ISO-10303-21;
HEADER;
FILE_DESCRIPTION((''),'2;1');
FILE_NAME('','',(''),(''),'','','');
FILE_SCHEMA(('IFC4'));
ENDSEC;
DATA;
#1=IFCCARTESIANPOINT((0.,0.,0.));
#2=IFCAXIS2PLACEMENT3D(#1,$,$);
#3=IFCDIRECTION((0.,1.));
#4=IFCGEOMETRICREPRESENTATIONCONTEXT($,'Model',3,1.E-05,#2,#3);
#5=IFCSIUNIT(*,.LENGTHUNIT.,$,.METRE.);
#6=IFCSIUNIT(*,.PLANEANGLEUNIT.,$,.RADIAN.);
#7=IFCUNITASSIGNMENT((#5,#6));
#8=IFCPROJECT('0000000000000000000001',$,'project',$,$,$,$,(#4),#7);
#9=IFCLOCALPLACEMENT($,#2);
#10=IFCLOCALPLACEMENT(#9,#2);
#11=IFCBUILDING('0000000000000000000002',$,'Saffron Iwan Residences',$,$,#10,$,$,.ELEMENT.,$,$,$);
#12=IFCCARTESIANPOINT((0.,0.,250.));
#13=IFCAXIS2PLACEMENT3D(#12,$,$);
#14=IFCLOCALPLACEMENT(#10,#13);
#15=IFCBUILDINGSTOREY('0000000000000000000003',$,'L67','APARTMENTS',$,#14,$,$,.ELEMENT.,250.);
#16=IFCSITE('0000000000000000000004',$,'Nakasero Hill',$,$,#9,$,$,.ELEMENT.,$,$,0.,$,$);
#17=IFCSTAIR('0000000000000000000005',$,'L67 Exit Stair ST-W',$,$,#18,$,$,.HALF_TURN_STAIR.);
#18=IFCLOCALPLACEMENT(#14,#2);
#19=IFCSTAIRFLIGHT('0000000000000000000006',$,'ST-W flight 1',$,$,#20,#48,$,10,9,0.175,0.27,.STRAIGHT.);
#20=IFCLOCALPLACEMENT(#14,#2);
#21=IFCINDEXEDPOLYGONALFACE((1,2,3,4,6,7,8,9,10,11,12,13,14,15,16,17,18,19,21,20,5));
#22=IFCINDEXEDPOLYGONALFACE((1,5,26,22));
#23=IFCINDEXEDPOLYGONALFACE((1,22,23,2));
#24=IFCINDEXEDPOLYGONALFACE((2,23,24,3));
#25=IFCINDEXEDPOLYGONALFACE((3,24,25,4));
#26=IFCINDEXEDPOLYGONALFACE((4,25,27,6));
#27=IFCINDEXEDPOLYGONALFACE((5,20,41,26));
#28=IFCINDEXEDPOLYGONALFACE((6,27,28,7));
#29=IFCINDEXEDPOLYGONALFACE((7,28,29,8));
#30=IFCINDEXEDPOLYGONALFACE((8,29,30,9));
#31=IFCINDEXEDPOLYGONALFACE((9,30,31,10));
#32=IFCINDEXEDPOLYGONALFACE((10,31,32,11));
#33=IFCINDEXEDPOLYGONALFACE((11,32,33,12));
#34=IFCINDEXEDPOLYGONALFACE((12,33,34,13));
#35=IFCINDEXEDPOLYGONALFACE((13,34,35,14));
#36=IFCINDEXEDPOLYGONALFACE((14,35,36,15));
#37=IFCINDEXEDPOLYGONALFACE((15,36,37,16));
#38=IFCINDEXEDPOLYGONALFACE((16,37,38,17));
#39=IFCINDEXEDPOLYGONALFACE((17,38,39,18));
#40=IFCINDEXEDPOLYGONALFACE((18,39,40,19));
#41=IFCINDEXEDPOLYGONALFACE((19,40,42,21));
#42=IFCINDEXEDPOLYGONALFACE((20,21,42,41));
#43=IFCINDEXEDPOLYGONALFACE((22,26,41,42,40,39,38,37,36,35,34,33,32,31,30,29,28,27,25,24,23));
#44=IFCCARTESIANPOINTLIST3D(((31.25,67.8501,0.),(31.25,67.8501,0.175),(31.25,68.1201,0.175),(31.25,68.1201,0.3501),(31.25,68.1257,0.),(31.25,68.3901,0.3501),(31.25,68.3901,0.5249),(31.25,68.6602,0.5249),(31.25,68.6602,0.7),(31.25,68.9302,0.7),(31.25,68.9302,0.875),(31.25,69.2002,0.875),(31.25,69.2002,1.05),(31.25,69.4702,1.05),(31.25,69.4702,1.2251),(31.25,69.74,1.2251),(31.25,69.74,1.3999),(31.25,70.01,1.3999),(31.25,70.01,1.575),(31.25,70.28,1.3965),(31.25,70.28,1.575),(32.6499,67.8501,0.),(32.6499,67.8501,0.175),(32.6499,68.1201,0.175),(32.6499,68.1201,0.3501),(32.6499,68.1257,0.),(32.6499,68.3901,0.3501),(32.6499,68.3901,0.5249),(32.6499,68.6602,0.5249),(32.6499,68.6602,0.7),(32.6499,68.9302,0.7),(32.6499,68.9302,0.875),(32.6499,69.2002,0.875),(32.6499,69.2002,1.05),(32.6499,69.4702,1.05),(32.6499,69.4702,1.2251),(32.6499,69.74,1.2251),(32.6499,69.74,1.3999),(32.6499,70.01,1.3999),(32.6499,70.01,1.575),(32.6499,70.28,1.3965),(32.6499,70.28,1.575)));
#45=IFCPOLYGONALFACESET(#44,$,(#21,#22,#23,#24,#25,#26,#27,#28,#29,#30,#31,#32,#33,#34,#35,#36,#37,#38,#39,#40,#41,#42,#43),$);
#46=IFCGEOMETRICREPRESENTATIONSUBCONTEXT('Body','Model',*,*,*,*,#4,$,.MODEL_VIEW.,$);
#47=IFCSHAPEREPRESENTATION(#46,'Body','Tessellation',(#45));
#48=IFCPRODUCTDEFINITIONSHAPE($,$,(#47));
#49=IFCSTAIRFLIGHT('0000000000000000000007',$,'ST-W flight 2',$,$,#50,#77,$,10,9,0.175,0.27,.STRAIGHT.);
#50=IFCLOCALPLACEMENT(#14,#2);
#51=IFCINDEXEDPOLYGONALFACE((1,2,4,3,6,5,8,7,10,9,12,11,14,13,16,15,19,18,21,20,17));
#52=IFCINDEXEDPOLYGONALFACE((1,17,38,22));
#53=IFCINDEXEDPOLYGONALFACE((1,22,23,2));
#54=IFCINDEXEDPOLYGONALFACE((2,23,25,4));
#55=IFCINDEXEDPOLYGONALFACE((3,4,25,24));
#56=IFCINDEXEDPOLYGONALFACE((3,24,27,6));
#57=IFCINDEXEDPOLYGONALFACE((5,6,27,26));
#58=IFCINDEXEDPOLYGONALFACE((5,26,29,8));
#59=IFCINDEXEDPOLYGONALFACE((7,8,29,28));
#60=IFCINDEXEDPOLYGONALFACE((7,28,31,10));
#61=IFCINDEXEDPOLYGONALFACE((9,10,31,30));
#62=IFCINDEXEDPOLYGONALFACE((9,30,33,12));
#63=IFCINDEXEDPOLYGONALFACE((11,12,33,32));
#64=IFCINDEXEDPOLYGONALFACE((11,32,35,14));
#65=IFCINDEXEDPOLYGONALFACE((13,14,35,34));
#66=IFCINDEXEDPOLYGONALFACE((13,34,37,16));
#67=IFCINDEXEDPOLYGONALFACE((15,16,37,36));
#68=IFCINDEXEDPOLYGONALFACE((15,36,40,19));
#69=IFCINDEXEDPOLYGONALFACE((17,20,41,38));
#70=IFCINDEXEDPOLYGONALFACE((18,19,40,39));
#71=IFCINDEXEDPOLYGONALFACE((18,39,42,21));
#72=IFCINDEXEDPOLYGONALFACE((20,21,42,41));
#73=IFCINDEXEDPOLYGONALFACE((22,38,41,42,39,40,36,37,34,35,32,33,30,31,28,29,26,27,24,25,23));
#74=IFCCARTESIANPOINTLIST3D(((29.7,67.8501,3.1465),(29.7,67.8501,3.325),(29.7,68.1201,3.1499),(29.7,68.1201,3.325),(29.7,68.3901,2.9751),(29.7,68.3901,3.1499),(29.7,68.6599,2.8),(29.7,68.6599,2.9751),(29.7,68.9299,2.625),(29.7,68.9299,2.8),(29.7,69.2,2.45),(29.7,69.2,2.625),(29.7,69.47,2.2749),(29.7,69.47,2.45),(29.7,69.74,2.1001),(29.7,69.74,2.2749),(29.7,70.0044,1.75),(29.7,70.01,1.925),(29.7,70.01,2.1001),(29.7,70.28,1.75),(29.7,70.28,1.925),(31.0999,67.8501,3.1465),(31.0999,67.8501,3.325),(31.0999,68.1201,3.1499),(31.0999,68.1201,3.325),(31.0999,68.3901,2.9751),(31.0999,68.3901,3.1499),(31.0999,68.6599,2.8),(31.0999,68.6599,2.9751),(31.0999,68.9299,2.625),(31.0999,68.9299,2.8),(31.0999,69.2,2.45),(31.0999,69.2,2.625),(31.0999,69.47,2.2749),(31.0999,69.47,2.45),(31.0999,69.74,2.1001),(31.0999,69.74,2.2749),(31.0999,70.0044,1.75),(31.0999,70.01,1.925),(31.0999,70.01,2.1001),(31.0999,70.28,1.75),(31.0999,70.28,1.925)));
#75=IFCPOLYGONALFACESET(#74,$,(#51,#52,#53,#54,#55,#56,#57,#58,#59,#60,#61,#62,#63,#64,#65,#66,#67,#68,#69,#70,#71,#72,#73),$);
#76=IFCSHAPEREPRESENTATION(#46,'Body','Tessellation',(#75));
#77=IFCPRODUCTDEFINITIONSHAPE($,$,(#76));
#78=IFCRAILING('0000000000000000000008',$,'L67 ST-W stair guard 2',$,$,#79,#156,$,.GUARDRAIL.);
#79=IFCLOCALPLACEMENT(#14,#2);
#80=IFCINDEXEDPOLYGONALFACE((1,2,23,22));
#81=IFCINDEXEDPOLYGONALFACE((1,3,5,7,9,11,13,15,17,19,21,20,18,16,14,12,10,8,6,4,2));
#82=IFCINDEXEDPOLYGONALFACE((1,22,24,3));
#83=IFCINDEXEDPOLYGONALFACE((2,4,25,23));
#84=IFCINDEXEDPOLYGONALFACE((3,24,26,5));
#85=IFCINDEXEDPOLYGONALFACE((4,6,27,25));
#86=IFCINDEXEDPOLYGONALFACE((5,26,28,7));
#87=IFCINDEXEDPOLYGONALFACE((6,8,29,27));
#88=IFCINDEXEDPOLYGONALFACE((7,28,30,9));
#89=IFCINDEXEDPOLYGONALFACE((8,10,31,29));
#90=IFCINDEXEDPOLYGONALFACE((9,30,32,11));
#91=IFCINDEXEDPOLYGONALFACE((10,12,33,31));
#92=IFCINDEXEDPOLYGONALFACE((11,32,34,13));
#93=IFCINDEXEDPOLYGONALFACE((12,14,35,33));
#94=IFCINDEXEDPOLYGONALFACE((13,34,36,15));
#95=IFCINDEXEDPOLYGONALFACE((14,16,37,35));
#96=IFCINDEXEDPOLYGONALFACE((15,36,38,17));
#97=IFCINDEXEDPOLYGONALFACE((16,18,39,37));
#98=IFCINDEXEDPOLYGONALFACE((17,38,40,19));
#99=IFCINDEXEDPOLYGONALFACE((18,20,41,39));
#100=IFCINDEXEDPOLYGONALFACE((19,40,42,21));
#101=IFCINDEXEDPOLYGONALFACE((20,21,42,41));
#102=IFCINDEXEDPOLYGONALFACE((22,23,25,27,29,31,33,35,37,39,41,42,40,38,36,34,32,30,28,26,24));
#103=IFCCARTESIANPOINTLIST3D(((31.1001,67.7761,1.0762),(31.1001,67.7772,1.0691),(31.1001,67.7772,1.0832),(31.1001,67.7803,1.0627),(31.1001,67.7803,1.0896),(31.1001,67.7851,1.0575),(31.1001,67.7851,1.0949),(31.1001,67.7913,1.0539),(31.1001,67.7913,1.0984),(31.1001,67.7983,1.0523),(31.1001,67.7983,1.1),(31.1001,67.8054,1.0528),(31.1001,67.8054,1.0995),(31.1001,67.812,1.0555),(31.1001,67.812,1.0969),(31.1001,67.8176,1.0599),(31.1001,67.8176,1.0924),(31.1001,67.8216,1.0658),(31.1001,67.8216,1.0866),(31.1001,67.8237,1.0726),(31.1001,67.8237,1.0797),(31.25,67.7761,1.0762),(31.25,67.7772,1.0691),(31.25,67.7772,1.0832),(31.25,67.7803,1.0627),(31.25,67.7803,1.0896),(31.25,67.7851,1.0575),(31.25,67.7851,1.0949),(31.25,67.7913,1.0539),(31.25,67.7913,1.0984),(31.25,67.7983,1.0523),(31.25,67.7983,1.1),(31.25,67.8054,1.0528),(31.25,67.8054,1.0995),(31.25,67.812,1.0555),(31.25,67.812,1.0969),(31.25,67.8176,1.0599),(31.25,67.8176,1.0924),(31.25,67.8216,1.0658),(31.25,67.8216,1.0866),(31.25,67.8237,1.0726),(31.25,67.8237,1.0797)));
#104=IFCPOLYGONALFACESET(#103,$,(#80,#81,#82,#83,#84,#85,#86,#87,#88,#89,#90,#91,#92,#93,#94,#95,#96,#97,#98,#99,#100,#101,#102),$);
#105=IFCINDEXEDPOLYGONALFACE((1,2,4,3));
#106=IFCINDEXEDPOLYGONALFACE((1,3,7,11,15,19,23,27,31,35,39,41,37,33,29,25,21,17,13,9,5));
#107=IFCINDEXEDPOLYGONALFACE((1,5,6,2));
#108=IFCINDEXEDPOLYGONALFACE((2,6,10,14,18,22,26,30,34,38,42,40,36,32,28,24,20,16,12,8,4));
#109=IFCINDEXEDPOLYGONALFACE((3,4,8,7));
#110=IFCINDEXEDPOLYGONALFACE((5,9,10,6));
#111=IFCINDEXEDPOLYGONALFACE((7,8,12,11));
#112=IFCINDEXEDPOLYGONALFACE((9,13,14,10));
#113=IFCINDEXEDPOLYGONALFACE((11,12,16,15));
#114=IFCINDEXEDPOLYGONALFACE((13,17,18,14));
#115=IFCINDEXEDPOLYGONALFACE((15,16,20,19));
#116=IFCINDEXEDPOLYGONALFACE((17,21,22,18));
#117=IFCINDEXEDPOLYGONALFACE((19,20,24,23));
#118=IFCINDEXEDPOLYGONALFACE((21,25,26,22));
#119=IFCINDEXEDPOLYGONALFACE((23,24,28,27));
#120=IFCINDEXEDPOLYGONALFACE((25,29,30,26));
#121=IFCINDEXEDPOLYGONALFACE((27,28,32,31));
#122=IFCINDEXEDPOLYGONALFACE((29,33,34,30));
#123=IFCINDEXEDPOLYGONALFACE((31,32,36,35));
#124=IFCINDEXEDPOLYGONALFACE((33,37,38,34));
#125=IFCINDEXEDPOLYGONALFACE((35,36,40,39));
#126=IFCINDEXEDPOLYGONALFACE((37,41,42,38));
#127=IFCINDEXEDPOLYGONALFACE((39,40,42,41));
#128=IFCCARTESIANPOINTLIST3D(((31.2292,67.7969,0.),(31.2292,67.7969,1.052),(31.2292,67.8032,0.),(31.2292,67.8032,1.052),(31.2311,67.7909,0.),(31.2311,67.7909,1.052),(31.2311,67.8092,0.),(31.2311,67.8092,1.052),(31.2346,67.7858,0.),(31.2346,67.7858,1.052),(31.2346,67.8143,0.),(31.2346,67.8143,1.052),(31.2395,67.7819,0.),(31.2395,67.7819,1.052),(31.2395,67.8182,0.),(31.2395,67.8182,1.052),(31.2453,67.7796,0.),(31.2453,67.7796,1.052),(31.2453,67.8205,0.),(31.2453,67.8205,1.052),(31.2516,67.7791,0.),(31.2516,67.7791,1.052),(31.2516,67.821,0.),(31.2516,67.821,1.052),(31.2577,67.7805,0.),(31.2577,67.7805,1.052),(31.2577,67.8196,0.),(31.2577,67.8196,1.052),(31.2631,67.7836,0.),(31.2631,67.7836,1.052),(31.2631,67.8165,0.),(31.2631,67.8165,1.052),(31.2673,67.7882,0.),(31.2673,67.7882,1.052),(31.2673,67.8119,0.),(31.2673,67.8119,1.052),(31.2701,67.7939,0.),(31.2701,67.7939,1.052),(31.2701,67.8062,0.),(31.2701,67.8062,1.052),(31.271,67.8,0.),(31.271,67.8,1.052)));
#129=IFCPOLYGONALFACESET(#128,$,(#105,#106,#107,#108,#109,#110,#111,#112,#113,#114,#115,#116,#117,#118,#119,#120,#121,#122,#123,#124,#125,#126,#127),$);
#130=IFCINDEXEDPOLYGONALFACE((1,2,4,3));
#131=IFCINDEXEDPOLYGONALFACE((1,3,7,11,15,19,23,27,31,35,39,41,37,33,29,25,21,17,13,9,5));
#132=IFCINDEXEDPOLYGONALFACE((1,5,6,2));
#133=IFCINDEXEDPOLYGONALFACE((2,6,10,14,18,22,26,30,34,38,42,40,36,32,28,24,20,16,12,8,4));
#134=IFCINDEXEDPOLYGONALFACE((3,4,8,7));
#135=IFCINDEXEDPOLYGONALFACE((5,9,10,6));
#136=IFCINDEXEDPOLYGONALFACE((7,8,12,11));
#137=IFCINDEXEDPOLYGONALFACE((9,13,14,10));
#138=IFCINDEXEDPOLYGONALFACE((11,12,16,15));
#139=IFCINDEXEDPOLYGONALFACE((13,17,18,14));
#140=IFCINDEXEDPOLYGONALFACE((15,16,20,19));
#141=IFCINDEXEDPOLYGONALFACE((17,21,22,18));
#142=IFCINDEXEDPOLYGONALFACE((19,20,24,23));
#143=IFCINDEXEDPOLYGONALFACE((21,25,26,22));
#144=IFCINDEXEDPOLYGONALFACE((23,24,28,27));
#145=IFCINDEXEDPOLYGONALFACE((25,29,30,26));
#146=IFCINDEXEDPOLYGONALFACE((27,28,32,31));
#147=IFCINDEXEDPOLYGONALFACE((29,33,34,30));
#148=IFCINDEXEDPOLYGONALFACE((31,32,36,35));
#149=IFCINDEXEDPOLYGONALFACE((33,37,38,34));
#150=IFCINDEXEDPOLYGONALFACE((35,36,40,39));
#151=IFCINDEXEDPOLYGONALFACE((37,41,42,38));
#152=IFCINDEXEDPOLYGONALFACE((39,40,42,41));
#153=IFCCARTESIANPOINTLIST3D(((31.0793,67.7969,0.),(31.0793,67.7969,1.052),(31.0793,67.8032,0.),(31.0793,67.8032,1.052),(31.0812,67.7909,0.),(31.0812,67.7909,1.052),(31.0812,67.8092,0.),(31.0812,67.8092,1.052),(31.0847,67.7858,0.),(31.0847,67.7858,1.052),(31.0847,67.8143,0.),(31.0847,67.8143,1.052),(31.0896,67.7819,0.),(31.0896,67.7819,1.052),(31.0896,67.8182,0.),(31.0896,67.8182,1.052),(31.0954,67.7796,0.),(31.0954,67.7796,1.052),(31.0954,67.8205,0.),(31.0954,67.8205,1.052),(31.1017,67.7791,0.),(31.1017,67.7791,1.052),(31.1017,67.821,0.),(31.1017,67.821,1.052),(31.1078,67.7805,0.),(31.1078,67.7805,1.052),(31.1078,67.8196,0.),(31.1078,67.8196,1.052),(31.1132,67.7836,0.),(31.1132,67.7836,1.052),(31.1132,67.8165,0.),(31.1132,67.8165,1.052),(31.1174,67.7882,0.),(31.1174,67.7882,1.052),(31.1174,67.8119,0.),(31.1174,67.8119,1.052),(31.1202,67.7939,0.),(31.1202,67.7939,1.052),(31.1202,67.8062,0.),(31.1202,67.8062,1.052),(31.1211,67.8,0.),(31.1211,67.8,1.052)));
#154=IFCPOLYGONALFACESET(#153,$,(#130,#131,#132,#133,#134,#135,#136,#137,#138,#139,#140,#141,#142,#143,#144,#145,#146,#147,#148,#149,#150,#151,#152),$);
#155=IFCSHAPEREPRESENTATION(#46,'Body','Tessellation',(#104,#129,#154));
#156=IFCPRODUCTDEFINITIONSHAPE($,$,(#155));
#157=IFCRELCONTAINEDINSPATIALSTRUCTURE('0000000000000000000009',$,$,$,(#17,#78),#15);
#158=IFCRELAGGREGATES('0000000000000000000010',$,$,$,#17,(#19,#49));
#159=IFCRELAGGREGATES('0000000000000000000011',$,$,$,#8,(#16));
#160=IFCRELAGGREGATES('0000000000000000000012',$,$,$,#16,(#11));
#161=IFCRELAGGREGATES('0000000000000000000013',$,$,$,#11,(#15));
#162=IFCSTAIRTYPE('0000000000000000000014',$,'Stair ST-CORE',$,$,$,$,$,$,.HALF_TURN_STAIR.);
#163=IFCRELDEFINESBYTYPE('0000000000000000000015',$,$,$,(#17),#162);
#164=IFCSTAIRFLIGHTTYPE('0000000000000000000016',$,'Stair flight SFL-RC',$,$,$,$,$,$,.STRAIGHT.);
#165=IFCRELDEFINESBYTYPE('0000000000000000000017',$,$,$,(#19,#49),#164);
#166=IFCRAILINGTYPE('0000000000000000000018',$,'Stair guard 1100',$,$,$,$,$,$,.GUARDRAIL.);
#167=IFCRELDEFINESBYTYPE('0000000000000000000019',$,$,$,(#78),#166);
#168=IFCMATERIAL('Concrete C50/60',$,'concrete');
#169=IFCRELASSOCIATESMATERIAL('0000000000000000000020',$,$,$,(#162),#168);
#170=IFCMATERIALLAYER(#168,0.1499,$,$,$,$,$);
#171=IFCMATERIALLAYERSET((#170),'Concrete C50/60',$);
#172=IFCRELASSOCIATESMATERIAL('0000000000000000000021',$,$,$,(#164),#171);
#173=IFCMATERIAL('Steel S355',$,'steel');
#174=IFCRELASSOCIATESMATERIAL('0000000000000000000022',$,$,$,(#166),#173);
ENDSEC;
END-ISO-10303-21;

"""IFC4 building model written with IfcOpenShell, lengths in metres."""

from ifc_helpers import new_model, si_unit, direction, frame, origin, origin_2d, place, context, subcontext, project, spatial, polyline, circle, outline, extrude, material, layer, layer_set, type_object, element, aggregate, save


model = new_model("IFC4")

# Units and contexts
model_context = context("Model", 3, precision=1e-05, world=origin(), true_north=direction((0.0, 1.0)))
body_context = subcontext(model_context, "Body", "Model", "MODEL_VIEW")
ifc_project = project(units=[si_unit("LENGTHUNIT", "METRE"), si_unit("PLANEANGLEUNIT", "RADIAN")], contexts=[model_context])

# Site, building, storey
site_placement = place(None, origin())
site = spatial("IfcSite", under=ifc_project, at=site_placement, Name="Nakasero Hill", CompositionType="ELEMENT", RefElevation=0.0)
building_placement = place(site_placement, origin())
building = spatial("IfcBuilding", under=site, at=building_placement, Name="Saffron Iwan Residences", CompositionType="ELEMENT")
storey_placement = place(building_placement, frame((0.0, 0.0, 250.0)))
storey = spatial("IfcBuildingStorey", under=building, at=storey_placement, Name="L67", Description="APARTMENTS", CompositionType="ELEMENT", Elevation=250.0)

# Stair, stair flights
ifc_material_1 = material(Name="Concrete C50/60", Category="concrete")
stair_type = type_object("IfcStairType", Name="Stair ST-CORE", PredefinedType="HALF_TURN_STAIR", material=ifc_material_1)
stair_placement = place(storey_placement, origin())
stair = element("IfcStair", 1, at=stair_placement, inside=storey, type_object=stair_type, Name="L67 Exit Stair ST-W", PredefinedType="HALF_TURN_STAIR")
ifc_layer = layer(ifc_material_1, 0.1499)
ifc_layer_set = layer_set([ifc_layer], Name="Concrete C50/60")
stair_flight_type = type_object("IfcStairFlightType", Name="Stair flight SFL-RC", PredefinedType="STRAIGHT", material=ifc_layer_set)
stair_flight_1_placement = place(storey_placement, frame((31.95, 67.8501, 0.0), z_axis=(0.0, 0.0, 1.0), x_axis=(0.0, 1.0, 0.0)))
stair_flight_1 = element("IfcStairFlight", 2, at=stair_flight_1_placement, type_object=stair_flight_type, Name="ST-W flight 1", NumberOfRisers=10, NumberOfTreads=9, PredefinedType="STRAIGHT", RiserHeight=0.175, TreadLength=0.27, context=body_context, shape_type="SweptSolid", body=[
    extrude(outline(polyline([(0.0, 0.0), (0.0, 0.175), (0.27, 0.175), (0.27, 0.3501), (0.54, 0.3501), (0.54, 0.5249), (0.8101, 0.5249), (0.8101, 0.7), (1.0801, 0.7), (1.0801, 0.875), (1.3501, 0.875), (1.3501, 1.05), (1.6201, 1.05), (1.6201, 1.2251), (1.8899, 1.2251), (1.8899, 1.3999), (2.1599, 1.3999), (2.1599, 1.575), (2.4299, 1.575), (2.4299, 1.75), (2.4299, 1.3965), (0.2756, 0.0), (0.0, 0.0)])), frame((0.0, 0.7, 0.0), z_axis=(0.0, -1.0, 0.0), x_axis=(1.0, 0.0, 0.0)), (0.0, 0.0, 1.0), 1.3999),
])
stair_flight_2_placement = place(storey_placement, frame((30.3999, 70.28, 1.75), z_axis=(0.0, 0.0, 1.0), x_axis=(0.0, -1.0, 0.0)))
stair_flight_2 = element("IfcStairFlight", 3, at=stair_flight_2_placement, type_object=stair_flight_type, Name="ST-W flight 2", NumberOfRisers=10, NumberOfTreads=9, PredefinedType="STRAIGHT", RiserHeight=0.175, TreadLength=0.27, context=body_context, shape_type="SweptSolid", body=[
    extrude(outline(polyline([(0.0, 0.0), (0.0, 0.175), (0.27, 0.175), (0.27, 0.3501), (0.54, 0.3501), (0.54, 0.5249), (0.8101, 0.5249), (0.8101, 0.7), (1.0801, 0.7), (1.0801, 0.875), (1.3501, 0.875), (1.3501, 1.05), (1.6201, 1.05), (1.6201, 1.2251), (1.8899, 1.2251), (1.8899, 1.3999), (2.1599, 1.3999), (2.1599, 1.575), (2.4299, 1.575), (2.4299, 1.75), (2.4299, 1.3965), (0.2756, 0.0), (0.0, 0.0)])), frame((0.0, 0.7, 0.0), z_axis=(0.0, -1.0, 0.0), x_axis=(1.0, 0.0, 0.0)), (0.0, 0.0, 1.0), 1.3999),
])
aggregate(stair, [stair_flight_1, stair_flight_2])

# Railing
ifc_material_2 = material(Name="Steel S355", Category="steel")
railing_type_1 = type_object("IfcRailingType", Name="Stair guard 1100", PredefinedType="GUARDRAIL", material=ifc_material_2)
railing_1_placement = place(storey_placement, frame((31.25, 67.8, 0.0)))
element("IfcRailing", 4, at=railing_1_placement, inside=storey, type_object=railing_type_1, Name="L67 ST-W stair guard 2", PredefinedType="GUARDRAIL", context=body_context, shape_type="SweptSolid", body=[
    extrude(circle(Radius=0.0239, at=origin_2d()), frame((0.0, 0.0, 1.0762), z_axis=(-1.0, 0.0, 0.0), x_axis=(0.0, -1.0, 0.0)), (0.0, 0.0, 1.0), 0.1499),
    extrude(circle(Radius=0.021, at=origin_2d()), origin(), (0.0, 0.0, 1.0), 1.052),
    extrude(circle(Radius=0.021, at=origin_2d()), frame((-0.1499, 0.0, 0.0)), (0.0, 0.0, 1.0), 1.052),
])

save(model, "model.ifc")
